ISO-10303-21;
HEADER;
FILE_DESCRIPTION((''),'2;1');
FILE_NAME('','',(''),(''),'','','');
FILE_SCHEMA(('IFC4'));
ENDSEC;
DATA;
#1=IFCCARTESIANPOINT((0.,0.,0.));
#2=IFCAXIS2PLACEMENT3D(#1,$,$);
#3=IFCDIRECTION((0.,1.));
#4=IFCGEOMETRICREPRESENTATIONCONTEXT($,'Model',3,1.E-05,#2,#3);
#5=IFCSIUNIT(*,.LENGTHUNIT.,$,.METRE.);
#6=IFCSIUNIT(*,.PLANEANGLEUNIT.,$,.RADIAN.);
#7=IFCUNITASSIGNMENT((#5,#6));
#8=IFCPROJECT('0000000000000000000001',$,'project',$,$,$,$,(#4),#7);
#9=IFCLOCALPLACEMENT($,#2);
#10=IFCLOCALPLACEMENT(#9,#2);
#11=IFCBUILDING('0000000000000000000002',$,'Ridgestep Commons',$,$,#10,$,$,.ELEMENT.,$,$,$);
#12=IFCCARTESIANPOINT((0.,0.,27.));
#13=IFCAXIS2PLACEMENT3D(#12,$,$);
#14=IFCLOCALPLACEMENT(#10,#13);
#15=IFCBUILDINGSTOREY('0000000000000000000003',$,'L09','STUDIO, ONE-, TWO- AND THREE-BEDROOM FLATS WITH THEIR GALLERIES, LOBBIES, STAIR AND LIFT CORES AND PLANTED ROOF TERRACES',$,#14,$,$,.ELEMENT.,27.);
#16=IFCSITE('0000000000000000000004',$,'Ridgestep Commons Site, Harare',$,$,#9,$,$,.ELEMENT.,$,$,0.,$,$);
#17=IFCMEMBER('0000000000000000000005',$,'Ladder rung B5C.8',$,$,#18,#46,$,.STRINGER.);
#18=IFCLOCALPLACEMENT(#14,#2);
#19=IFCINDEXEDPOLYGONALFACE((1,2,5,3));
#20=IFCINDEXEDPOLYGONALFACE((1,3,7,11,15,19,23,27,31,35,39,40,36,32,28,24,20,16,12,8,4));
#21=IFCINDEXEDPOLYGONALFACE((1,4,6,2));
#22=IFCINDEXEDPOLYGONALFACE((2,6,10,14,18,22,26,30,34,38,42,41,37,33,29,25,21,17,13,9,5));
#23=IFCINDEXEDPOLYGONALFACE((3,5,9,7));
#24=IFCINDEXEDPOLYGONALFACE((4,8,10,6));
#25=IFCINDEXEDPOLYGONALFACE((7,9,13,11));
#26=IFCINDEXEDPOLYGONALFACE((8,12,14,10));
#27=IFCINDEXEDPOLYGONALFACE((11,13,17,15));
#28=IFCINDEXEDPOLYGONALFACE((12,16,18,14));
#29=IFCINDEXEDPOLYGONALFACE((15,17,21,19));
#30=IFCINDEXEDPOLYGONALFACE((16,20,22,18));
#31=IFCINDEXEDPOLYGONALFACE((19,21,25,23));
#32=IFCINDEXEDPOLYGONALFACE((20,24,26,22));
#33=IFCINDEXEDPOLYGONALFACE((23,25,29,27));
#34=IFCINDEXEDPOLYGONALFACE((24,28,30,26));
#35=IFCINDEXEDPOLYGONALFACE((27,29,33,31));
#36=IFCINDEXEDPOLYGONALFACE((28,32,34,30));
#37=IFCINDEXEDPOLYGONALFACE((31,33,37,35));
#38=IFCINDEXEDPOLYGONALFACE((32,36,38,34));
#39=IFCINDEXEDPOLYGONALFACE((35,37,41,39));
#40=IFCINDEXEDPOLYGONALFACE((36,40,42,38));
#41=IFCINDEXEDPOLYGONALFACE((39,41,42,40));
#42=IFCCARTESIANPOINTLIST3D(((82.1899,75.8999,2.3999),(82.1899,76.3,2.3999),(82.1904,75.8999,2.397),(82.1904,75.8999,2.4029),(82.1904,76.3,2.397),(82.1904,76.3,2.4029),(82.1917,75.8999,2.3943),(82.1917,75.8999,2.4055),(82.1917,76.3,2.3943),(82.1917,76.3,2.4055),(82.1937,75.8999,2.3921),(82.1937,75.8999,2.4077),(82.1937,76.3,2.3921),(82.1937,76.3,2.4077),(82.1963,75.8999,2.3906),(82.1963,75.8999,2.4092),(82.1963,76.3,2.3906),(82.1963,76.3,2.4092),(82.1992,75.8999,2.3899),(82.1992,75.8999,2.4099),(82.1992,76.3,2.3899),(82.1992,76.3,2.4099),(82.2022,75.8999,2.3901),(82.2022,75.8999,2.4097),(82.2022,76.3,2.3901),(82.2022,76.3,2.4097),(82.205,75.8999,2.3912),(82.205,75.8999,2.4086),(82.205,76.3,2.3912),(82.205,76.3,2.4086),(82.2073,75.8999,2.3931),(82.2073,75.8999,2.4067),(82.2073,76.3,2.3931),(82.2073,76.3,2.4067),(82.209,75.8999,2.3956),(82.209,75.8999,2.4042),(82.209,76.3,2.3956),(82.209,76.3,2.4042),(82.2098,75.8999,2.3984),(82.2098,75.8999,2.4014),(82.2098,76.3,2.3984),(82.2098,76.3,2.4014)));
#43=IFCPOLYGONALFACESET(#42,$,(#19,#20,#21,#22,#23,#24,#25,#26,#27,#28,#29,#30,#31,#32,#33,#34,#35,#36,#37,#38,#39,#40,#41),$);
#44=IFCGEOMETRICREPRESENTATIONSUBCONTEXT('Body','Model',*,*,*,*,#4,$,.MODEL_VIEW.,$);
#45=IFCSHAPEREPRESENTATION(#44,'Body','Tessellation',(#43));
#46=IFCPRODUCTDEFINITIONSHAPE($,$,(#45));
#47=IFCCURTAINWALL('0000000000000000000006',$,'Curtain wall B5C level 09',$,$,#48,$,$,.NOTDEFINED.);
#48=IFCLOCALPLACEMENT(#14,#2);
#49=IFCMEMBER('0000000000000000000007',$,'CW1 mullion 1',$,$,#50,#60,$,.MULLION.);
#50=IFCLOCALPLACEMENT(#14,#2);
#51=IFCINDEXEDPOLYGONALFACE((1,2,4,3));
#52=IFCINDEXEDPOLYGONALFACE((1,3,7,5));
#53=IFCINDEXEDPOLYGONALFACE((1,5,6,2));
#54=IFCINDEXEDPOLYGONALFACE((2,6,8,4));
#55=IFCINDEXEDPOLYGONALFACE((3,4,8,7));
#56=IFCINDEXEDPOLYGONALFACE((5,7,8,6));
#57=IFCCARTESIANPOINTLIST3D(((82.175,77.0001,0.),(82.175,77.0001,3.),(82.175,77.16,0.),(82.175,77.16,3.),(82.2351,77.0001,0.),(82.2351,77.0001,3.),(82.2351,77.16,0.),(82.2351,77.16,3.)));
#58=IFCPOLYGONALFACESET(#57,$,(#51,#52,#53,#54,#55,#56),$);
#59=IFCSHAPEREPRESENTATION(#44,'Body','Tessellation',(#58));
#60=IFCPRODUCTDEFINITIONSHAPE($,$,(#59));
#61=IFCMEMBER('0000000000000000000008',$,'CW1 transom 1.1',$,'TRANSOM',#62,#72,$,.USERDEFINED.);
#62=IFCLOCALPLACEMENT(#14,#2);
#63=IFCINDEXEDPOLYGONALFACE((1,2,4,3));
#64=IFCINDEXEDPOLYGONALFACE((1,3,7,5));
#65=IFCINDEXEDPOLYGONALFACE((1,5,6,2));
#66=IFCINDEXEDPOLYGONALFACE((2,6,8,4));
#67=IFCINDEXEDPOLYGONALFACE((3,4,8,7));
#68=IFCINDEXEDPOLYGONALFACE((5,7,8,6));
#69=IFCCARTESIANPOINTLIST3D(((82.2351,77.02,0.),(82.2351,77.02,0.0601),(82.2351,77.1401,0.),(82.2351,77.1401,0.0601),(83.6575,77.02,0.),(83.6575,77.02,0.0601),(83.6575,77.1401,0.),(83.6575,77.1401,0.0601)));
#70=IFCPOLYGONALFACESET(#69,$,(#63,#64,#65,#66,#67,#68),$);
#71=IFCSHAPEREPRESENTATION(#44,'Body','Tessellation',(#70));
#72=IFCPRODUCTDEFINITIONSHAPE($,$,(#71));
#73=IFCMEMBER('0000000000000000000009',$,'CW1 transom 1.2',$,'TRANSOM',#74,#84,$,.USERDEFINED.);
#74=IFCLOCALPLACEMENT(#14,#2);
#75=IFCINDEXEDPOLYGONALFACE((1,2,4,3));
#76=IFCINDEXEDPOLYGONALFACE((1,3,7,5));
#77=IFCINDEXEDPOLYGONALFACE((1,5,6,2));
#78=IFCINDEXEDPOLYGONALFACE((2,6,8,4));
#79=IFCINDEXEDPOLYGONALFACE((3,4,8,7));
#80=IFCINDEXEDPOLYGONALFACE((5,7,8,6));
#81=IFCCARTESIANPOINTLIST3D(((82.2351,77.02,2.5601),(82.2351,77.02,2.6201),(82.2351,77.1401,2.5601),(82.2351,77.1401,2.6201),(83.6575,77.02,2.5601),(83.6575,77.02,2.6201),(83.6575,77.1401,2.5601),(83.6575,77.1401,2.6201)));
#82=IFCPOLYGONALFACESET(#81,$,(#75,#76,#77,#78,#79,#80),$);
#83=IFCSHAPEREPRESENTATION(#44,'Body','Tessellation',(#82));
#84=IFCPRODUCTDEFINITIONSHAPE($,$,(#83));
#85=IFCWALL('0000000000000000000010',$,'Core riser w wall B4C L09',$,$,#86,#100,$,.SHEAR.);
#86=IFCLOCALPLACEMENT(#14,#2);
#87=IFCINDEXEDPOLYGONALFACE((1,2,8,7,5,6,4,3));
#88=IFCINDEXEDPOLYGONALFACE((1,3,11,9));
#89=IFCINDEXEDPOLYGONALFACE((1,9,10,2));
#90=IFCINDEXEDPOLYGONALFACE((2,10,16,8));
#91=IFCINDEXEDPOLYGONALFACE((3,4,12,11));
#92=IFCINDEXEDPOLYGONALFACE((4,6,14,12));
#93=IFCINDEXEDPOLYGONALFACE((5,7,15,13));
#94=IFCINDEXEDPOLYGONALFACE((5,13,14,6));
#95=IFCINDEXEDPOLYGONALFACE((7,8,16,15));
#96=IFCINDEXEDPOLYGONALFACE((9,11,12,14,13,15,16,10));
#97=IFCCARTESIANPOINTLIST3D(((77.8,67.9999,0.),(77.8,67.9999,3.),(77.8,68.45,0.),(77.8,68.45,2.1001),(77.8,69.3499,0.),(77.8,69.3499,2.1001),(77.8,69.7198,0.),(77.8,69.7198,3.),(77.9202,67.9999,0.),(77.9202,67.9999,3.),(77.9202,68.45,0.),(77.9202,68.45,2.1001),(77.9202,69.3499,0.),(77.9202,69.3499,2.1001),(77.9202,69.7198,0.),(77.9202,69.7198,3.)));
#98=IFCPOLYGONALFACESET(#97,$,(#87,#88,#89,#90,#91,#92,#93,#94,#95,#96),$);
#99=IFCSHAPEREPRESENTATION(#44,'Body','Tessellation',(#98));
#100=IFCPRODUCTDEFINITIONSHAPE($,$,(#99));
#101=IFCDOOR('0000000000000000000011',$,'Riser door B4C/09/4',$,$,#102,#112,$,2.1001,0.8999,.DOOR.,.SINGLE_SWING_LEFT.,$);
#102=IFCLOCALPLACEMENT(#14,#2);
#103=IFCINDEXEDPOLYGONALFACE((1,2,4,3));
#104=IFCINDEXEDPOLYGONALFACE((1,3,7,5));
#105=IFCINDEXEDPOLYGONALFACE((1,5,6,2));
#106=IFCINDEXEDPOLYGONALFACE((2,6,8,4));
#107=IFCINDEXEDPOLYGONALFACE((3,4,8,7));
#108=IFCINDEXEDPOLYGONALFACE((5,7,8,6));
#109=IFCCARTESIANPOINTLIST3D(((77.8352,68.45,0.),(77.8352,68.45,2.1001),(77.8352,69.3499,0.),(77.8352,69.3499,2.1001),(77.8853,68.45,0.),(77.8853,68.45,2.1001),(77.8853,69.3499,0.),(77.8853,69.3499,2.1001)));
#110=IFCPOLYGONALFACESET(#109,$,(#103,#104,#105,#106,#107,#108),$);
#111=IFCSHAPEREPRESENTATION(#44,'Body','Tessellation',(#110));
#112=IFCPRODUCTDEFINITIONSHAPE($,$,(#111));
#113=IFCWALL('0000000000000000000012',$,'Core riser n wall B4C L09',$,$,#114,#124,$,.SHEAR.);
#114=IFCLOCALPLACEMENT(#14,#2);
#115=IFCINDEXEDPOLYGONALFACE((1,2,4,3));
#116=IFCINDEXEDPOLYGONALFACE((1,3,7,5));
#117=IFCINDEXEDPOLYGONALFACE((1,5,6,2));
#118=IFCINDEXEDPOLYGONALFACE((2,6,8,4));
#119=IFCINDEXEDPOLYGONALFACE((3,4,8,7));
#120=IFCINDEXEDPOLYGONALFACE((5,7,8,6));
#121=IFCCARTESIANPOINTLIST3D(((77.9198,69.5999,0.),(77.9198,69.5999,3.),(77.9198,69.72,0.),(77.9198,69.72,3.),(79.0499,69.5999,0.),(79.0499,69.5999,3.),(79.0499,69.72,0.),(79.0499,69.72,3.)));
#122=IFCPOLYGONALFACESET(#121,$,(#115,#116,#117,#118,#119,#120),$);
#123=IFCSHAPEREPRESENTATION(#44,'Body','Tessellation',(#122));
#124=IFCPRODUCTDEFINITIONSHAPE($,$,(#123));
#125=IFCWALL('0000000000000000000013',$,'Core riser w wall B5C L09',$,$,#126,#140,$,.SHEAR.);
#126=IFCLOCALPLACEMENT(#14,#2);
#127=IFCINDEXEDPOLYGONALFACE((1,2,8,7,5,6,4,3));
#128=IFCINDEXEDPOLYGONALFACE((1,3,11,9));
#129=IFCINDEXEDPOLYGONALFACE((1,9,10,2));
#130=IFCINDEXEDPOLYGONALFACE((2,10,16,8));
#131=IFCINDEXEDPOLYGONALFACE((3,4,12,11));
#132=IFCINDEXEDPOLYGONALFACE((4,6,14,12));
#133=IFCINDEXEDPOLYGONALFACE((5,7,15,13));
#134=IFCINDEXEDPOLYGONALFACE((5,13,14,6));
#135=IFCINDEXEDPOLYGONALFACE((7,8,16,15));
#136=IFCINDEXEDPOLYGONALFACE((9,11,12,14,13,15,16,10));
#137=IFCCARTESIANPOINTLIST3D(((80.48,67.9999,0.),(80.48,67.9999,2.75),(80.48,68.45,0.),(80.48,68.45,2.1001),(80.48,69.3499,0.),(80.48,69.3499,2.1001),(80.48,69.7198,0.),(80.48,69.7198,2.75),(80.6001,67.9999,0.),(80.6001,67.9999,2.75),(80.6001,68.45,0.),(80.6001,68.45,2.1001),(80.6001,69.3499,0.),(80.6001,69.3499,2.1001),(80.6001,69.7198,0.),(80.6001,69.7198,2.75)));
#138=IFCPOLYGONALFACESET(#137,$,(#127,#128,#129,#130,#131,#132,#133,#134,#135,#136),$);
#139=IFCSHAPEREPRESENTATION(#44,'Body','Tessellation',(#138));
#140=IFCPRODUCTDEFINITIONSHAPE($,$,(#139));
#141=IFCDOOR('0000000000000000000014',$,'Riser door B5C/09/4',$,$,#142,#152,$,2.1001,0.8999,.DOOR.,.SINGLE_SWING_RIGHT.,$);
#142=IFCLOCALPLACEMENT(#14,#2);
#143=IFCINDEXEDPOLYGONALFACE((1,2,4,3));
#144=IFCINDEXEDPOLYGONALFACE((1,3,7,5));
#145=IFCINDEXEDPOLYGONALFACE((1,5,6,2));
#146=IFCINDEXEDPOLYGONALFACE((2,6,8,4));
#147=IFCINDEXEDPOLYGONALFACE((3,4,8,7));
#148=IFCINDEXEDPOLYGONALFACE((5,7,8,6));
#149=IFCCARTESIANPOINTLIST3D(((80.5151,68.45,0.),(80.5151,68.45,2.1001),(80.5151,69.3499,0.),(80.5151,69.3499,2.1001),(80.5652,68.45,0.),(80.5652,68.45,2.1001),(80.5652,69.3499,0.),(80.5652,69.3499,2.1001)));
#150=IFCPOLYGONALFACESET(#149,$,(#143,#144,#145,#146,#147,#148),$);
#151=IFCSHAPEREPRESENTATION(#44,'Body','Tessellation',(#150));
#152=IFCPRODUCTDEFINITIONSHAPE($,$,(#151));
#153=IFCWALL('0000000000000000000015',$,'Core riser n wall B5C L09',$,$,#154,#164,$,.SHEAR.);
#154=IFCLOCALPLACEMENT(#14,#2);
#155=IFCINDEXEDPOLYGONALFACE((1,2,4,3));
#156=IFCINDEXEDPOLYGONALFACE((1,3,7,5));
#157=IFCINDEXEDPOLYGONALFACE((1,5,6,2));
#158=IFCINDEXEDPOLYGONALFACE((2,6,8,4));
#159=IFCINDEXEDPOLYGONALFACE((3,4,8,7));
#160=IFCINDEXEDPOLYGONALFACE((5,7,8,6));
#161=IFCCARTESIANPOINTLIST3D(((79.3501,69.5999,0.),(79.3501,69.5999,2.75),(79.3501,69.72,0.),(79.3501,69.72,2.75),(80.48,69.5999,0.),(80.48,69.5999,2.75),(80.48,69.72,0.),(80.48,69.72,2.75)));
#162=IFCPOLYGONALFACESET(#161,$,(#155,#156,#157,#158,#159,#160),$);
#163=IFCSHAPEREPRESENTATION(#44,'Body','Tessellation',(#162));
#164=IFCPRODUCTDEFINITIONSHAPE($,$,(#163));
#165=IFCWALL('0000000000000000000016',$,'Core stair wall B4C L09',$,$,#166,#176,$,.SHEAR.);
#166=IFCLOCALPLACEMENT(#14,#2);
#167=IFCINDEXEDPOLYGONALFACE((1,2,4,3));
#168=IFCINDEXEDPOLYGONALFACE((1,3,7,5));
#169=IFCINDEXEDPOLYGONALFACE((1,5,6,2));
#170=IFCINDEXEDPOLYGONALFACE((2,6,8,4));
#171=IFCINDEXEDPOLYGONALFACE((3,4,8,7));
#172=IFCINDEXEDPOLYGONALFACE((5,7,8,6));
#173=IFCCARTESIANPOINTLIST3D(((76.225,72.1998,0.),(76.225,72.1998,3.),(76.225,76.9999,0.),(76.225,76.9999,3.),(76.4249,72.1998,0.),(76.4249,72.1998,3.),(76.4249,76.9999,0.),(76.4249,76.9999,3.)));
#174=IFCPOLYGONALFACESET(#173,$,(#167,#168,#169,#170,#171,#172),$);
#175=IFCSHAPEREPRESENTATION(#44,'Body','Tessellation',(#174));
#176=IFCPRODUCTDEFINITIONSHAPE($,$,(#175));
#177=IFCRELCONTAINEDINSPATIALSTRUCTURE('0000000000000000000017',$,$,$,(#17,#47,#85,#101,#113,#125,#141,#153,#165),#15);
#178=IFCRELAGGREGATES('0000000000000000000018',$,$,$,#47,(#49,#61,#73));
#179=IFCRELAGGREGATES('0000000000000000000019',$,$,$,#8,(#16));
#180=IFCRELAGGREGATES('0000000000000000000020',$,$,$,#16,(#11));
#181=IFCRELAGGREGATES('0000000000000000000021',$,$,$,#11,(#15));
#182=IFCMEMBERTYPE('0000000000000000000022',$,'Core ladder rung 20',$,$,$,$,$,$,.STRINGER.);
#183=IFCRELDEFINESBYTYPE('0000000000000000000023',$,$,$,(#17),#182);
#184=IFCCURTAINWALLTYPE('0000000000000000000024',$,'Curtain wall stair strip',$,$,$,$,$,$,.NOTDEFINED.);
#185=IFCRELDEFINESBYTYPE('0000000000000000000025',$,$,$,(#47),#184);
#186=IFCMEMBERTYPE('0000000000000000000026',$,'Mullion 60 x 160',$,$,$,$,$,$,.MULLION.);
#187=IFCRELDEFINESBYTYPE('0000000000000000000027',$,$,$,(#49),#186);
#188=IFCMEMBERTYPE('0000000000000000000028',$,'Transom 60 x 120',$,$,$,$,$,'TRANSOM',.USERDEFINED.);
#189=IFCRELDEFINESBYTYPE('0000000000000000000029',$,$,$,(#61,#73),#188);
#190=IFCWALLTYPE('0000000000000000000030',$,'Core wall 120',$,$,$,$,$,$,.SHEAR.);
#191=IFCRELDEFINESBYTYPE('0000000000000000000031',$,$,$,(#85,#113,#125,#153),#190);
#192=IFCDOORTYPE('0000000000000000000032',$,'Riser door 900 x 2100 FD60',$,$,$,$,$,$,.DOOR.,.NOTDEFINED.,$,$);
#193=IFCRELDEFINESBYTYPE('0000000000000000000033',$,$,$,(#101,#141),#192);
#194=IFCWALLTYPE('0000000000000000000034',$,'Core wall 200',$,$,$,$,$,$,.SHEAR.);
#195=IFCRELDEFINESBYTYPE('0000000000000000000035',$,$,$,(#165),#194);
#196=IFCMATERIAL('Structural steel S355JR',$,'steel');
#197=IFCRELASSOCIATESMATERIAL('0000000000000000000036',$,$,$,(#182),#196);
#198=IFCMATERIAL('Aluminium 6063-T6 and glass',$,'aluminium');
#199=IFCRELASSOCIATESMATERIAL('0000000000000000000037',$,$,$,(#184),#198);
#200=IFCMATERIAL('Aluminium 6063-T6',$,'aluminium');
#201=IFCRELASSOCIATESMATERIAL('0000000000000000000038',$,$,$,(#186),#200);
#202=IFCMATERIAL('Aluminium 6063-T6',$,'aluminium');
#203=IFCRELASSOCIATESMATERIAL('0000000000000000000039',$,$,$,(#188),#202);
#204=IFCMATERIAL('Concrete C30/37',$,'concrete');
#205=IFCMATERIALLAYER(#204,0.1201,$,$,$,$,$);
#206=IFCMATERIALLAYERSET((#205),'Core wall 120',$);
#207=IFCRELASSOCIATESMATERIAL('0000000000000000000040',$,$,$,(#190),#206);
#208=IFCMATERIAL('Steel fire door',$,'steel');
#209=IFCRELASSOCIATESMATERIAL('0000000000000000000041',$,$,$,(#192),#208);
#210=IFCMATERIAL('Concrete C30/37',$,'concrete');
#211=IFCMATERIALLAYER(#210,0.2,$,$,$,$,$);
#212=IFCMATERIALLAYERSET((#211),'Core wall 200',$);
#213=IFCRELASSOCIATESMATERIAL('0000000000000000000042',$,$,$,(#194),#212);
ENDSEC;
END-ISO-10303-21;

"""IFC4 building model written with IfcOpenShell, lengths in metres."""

from ifc_helpers import new_model, si_unit, direction, frame, frame_2d, origin, origin_2d, place, context, subcontext, project, spatial, rectangle, circle, extrude, material, layer, layer_set, material_profile, profile_set, type_object, element, fill, aggregate, save


model = new_model("IFC4")

# Units and contexts
model_context = context("Model", 3, precision=1e-05, world=origin(), true_north=direction((0.0, 1.0)))
body_context = subcontext(model_context, "Body", "Model", "MODEL_VIEW")
ifc_project = project(units=[si_unit("LENGTHUNIT", "METRE"), si_unit("PLANEANGLEUNIT", "RADIAN")], contexts=[model_context])

# Site, building, storey
site_placement = place(None, origin())
site = spatial("IfcSite", under=ifc_project, at=site_placement, Name="Ridgestep Commons Site, Harare", CompositionType="ELEMENT", RefElevation=0.0)
building_placement = place(site_placement, origin())
building = spatial("IfcBuilding", under=site, at=building_placement, Name="Ridgestep Commons", CompositionType="ELEMENT")
storey_placement = place(building_placement, frame((0.0, 0.0, 27.0)))
storey = spatial("IfcBuildingStorey", under=building, at=storey_placement, Name="L09", Description="STUDIO, ONE-, TWO- AND THREE-BEDROOM FLATS WITH THEIR GALLERIES, LOBBIES, STAIR AND LIFT CORES AND PLANTED ROOF TERRACES", CompositionType="ELEMENT", Elevation=27.0)

# Member
ifc_material_1 = material(Name="Structural steel S355JR", Category="steel")
ifc_material_profile_1 = material_profile(ifc_material_1, circle(Radius=0.01, at=origin_2d()), Name="Round bar 20")
ifc_profile_set_1 = profile_set([ifc_material_profile_1], Name="Structural steel S355JR")
member_type_1 = type_object("IfcMemberType", Name="Core ladder rung 20", PredefinedType="STRINGER", material=ifc_profile_set_1)
for number, where, z_axis, x_axis, name in (
    (1, (82.2, 75.8999, 2.3999), (0.0, 1.0, 0.0), (-1.0, 0.0, 0.0), "Ladder rung B5C.8"),
):
    element("IfcMember", number, at=place(storey_placement, frame(where, z_axis=z_axis, x_axis=x_axis)), inside=storey, type_object=member_type_1, Name=name, PredefinedType="STRINGER", context=body_context, shape_type="SweptSolid", body=[
        extrude(circle(Radius=0.01, at=origin_2d()), origin(), (0.0, 0.0, 1.0), 0.4001),
    ])

# Curtain wall, members
ifc_material_2 = material(Name="Aluminium 6063-T6 and glass", Category="aluminium")
curtain_wall_type = type_object("IfcCurtainWallType", Name="Curtain wall stair strip", PredefinedType="NOTDEFINED", material=ifc_material_2)
curtain_wall_placement = place(storey_placement, origin())
curtain_wall = element("IfcCurtainWall", 2, at=curtain_wall_placement, inside=storey, type_object=curtain_wall_type, Name="Curtain wall B5C level 09", PredefinedType="NOTDEFINED")
ifc_material_3 = material(Name="Aluminium 6063-T6", Category="aluminium")
ifc_material_profile_2 = material_profile(ifc_material_3, rectangle(XDim=0.1599, YDim=0.0601, at=origin_2d()), Name="Mullion 60 x 160")
ifc_profile_set_2 = profile_set([ifc_material_profile_2], Name="Aluminium 6063-T6")
member_type_2 = type_object("IfcMemberType", Name="Mullion 60 x 160", PredefinedType="MULLION", material=ifc_profile_set_2)
member_1_placement = place(storey_placement, frame((82.2051, 77.0801, 0.0), z_axis=(0.0, 0.0, 1.0), x_axis=(0.0, 1.0, 0.0)))
member_1 = element("IfcMember", 3, at=member_1_placement, type_object=member_type_2, Name="CW1 mullion 1", PredefinedType="MULLION", context=body_context, shape_type="SweptSolid", body=[
    extrude(rectangle(XDim=0.1599, YDim=0.0601, at=origin_2d()), origin(), (0.0, 0.0, 1.0), 3.0),
])
ifc_material_4 = material(Name="Aluminium 6063-T6", Category="aluminium")
ifc_material_profile_3 = material_profile(ifc_material_4, rectangle(XDim=0.1201, YDim=0.0601, at=origin_2d()), Name="Transom 60 x 120")
ifc_profile_set_3 = profile_set([ifc_material_profile_3], Name="Aluminium 6063-T6")
member_type_3 = type_object("IfcMemberType", Name="Transom 60 x 120", ElementType="TRANSOM", PredefinedType="USERDEFINED", material=ifc_profile_set_3)
member_2_placement = place(storey_placement, frame((82.2351, 77.0801, 0.03), z_axis=(1.0, 0.0, 0.0), x_axis=(0.0, 1.0, 0.0)))
member_2 = element("IfcMember", 4, at=member_2_placement, type_object=member_type_3, Name="CW1 transom 1.1", ObjectType="TRANSOM", PredefinedType="USERDEFINED", context=body_context, shape_type="SweptSolid", body=[
    extrude(rectangle(XDim=0.1201, YDim=0.0601, at=origin_2d()), origin(), (0.0, 0.0, 1.0), 1.4224),
])
member_3_placement = place(storey_placement, frame((82.2351, 77.0801, 2.5901), z_axis=(1.0, 0.0, 0.0), x_axis=(0.0, 1.0, 0.0)))
member_3 = element("IfcMember", 5, at=member_3_placement, type_object=member_type_3, Name="CW1 transom 1.2", ObjectType="TRANSOM", PredefinedType="USERDEFINED", context=body_context, shape_type="SweptSolid", body=[
    extrude(rectangle(XDim=0.1201, YDim=0.0601, at=origin_2d()), origin(), (0.0, 0.0, 1.0), 1.4224),
])
aggregate(curtain_wall, [member_1, member_2, member_3])

# Wall, opening, door
ifc_material_5 = material(Name="Concrete C30/37", Category="concrete")
ifc_layer_1 = layer(ifc_material_5, 0.1201)
ifc_layer_set_1 = layer_set([ifc_layer_1], Name="Core wall 120")
wall_type_1 = type_object("IfcWallType", Name="Core wall 120", PredefinedType="SHEAR", material=ifc_layer_set_1)
wall_1_placement = place(storey_placement, frame((77.8601, 68.0, 0.0), z_axis=(0.0, 0.0, 1.0), x_axis=(0.0, 1.0, 0.0)))
wall_1 = element("IfcWall", 6, at=wall_1_placement, inside=storey, type_object=wall_type_1, Name="Core riser w wall B4C L09", PredefinedType="SHEAR", context=body_context, shape_type="SweptSolid", body=[
    extrude(rectangle(XDim=1.72, YDim=0.1201, at=frame_2d((0.8599, 0.0))), origin(), (0.0, 0.0, 1.0), 3.0),
])
opening_1_placement = place(wall_1_placement, frame((0.45, 0.0, 0.0)))
opening_1 = element("IfcOpeningElement", 7, at=opening_1_placement, cuts=wall_1, PredefinedType="OPENING", context=body_context, shape_type="SweptSolid", body=[
    extrude(rectangle(XDim=0.8999, YDim=2.1001, at=frame_2d((0.45, 1.05))), frame((0.0, 0.0701, 0.0), z_axis=(0.0, -1.0, 0.0), x_axis=(1.0, 0.0, 0.0)), (0.0, 0.0, 1.0), 0.1401),
])
ifc_material_6 = material(Name="Steel fire door", Category="steel")
door_type_1 = type_object("IfcDoorType", Name="Riser door 900 x 2100 FD60", OperationType="NOTDEFINED", PredefinedType="DOOR", material=ifc_material_6)
door_1_placement = place(opening_1_placement, origin())
door_1 = element("IfcDoor", 8, at=door_1_placement, inside=storey, type_object=door_type_1, Name="Riser door B4C/09/4", OperationType="SINGLE_SWING_LEFT", OverallHeight=2.1001, OverallWidth=0.8999, PredefinedType="DOOR", context=body_context, shape_type="SweptSolid", body=[
    extrude(rectangle(XDim=0.8999, YDim=2.1001, at=frame_2d((0.45, 1.05))), frame((0.0, 0.0249, 0.0), z_axis=(0.0, -1.0, 0.0), x_axis=(1.0, 0.0, 0.0)), (0.0, 0.0, 1.0), 0.05),
])
fill(opening_1, door_1)

# Wall
wall_2_placement = place(storey_placement, frame((77.9199, 69.6599, 0.0), z_axis=(0.0, 0.0, 1.0), x_axis=(1.0, 0.0, 0.0)))
element("IfcWall", 9, at=wall_2_placement, inside=storey, type_object=wall_type_1, Name="Core riser n wall B4C L09", PredefinedType="SHEAR", context=body_context, shape_type="SweptSolid", body=[
    extrude(rectangle(XDim=1.1301, YDim=0.1201, at=frame_2d((0.5649, 0.0))), origin(), (0.0, 0.0, 1.0), 3.0),
])

# Wall, opening, door
wall_3_placement = place(storey_placement, frame((80.54, 68.0, 0.0), z_axis=(0.0, 0.0, 1.0), x_axis=(0.0, 1.0, 0.0)))
wall_3 = element("IfcWall", 10, at=wall_3_placement, inside=storey, type_object=wall_type_1, Name="Core riser w wall B5C L09", PredefinedType="SHEAR", context=body_context, shape_type="SweptSolid", body=[
    extrude(rectangle(XDim=1.72, YDim=0.1201, at=frame_2d((0.8599, 0.0))), origin(), (0.0, 0.0, 1.0), 2.75),
])
opening_2_placement = place(wall_3_placement, frame((0.45, 0.0, 0.0)))
opening_2 = element("IfcOpeningElement", 11, at=opening_2_placement, cuts=wall_3, PredefinedType="OPENING", context=body_context, shape_type="SweptSolid", body=[
    extrude(rectangle(XDim=0.8999, YDim=2.1001, at=frame_2d((0.45, 1.05))), frame((0.0, 0.0701, 0.0), z_axis=(0.0, -1.0, 0.0), x_axis=(1.0, 0.0, 0.0)), (0.0, 0.0, 1.0), 0.1401),
])
door_2_placement = place(opening_2_placement, origin())
door_2 = element("IfcDoor", 12, at=door_2_placement, inside=storey, type_object=door_type_1, Name="Riser door B5C/09/4", OperationType="SINGLE_SWING_RIGHT", OverallHeight=2.1001, OverallWidth=0.8999, PredefinedType="DOOR", context=body_context, shape_type="SweptSolid", body=[
    extrude(rectangle(XDim=0.8999, YDim=2.1001, at=frame_2d((0.45, 1.05))), frame((0.0, 0.0249, 0.0), z_axis=(0.0, -1.0, 0.0), x_axis=(1.0, 0.0, 0.0)), (0.0, 0.0, 1.0), 0.05),
])
fill(opening_2, door_2)

# Walls
wall_4_placement = place(storey_placement, frame((79.3501, 69.6599, 0.0), z_axis=(0.0, 0.0, 1.0), x_axis=(1.0, 0.0, 0.0)))
element("IfcWall", 13, at=wall_4_placement, inside=storey, type_object=wall_type_1, Name="Core riser n wall B5C L09", PredefinedType="SHEAR", context=body_context, shape_type="SweptSolid", body=[
    extrude(rectangle(XDim=1.1299, YDim=0.1201, at=frame_2d((0.5649, 0.0))), origin(), (0.0, 0.0, 1.0), 2.75),
])
ifc_material_7 = material(Name="Concrete C30/37", Category="concrete")
ifc_layer_2 = layer(ifc_material_7, 0.2)
ifc_layer_set_2 = layer_set([ifc_layer_2], Name="Core wall 200")
wall_type_2 = type_object("IfcWallType", Name="Core wall 200", PredefinedType="SHEAR", material=ifc_layer_set_2)
wall_5_placement = place(storey_placement, frame((76.325, 72.2, 0.0), z_axis=(0.0, 0.0, 1.0), x_axis=(0.0, 1.0, 0.0)))
element("IfcWall", 14, at=wall_5_placement, inside=storey, type_object=wall_type_2, Name="Core stair wall B4C L09", PredefinedType="SHEAR", context=body_context, shape_type="SweptSolid", body=[
    extrude(rectangle(XDim=4.8, YDim=0.2, at=frame_2d((2.3999, 0.0))), origin(), (0.0, 0.0, 1.0), 3.0),
])

save(model, "model.ifc")
